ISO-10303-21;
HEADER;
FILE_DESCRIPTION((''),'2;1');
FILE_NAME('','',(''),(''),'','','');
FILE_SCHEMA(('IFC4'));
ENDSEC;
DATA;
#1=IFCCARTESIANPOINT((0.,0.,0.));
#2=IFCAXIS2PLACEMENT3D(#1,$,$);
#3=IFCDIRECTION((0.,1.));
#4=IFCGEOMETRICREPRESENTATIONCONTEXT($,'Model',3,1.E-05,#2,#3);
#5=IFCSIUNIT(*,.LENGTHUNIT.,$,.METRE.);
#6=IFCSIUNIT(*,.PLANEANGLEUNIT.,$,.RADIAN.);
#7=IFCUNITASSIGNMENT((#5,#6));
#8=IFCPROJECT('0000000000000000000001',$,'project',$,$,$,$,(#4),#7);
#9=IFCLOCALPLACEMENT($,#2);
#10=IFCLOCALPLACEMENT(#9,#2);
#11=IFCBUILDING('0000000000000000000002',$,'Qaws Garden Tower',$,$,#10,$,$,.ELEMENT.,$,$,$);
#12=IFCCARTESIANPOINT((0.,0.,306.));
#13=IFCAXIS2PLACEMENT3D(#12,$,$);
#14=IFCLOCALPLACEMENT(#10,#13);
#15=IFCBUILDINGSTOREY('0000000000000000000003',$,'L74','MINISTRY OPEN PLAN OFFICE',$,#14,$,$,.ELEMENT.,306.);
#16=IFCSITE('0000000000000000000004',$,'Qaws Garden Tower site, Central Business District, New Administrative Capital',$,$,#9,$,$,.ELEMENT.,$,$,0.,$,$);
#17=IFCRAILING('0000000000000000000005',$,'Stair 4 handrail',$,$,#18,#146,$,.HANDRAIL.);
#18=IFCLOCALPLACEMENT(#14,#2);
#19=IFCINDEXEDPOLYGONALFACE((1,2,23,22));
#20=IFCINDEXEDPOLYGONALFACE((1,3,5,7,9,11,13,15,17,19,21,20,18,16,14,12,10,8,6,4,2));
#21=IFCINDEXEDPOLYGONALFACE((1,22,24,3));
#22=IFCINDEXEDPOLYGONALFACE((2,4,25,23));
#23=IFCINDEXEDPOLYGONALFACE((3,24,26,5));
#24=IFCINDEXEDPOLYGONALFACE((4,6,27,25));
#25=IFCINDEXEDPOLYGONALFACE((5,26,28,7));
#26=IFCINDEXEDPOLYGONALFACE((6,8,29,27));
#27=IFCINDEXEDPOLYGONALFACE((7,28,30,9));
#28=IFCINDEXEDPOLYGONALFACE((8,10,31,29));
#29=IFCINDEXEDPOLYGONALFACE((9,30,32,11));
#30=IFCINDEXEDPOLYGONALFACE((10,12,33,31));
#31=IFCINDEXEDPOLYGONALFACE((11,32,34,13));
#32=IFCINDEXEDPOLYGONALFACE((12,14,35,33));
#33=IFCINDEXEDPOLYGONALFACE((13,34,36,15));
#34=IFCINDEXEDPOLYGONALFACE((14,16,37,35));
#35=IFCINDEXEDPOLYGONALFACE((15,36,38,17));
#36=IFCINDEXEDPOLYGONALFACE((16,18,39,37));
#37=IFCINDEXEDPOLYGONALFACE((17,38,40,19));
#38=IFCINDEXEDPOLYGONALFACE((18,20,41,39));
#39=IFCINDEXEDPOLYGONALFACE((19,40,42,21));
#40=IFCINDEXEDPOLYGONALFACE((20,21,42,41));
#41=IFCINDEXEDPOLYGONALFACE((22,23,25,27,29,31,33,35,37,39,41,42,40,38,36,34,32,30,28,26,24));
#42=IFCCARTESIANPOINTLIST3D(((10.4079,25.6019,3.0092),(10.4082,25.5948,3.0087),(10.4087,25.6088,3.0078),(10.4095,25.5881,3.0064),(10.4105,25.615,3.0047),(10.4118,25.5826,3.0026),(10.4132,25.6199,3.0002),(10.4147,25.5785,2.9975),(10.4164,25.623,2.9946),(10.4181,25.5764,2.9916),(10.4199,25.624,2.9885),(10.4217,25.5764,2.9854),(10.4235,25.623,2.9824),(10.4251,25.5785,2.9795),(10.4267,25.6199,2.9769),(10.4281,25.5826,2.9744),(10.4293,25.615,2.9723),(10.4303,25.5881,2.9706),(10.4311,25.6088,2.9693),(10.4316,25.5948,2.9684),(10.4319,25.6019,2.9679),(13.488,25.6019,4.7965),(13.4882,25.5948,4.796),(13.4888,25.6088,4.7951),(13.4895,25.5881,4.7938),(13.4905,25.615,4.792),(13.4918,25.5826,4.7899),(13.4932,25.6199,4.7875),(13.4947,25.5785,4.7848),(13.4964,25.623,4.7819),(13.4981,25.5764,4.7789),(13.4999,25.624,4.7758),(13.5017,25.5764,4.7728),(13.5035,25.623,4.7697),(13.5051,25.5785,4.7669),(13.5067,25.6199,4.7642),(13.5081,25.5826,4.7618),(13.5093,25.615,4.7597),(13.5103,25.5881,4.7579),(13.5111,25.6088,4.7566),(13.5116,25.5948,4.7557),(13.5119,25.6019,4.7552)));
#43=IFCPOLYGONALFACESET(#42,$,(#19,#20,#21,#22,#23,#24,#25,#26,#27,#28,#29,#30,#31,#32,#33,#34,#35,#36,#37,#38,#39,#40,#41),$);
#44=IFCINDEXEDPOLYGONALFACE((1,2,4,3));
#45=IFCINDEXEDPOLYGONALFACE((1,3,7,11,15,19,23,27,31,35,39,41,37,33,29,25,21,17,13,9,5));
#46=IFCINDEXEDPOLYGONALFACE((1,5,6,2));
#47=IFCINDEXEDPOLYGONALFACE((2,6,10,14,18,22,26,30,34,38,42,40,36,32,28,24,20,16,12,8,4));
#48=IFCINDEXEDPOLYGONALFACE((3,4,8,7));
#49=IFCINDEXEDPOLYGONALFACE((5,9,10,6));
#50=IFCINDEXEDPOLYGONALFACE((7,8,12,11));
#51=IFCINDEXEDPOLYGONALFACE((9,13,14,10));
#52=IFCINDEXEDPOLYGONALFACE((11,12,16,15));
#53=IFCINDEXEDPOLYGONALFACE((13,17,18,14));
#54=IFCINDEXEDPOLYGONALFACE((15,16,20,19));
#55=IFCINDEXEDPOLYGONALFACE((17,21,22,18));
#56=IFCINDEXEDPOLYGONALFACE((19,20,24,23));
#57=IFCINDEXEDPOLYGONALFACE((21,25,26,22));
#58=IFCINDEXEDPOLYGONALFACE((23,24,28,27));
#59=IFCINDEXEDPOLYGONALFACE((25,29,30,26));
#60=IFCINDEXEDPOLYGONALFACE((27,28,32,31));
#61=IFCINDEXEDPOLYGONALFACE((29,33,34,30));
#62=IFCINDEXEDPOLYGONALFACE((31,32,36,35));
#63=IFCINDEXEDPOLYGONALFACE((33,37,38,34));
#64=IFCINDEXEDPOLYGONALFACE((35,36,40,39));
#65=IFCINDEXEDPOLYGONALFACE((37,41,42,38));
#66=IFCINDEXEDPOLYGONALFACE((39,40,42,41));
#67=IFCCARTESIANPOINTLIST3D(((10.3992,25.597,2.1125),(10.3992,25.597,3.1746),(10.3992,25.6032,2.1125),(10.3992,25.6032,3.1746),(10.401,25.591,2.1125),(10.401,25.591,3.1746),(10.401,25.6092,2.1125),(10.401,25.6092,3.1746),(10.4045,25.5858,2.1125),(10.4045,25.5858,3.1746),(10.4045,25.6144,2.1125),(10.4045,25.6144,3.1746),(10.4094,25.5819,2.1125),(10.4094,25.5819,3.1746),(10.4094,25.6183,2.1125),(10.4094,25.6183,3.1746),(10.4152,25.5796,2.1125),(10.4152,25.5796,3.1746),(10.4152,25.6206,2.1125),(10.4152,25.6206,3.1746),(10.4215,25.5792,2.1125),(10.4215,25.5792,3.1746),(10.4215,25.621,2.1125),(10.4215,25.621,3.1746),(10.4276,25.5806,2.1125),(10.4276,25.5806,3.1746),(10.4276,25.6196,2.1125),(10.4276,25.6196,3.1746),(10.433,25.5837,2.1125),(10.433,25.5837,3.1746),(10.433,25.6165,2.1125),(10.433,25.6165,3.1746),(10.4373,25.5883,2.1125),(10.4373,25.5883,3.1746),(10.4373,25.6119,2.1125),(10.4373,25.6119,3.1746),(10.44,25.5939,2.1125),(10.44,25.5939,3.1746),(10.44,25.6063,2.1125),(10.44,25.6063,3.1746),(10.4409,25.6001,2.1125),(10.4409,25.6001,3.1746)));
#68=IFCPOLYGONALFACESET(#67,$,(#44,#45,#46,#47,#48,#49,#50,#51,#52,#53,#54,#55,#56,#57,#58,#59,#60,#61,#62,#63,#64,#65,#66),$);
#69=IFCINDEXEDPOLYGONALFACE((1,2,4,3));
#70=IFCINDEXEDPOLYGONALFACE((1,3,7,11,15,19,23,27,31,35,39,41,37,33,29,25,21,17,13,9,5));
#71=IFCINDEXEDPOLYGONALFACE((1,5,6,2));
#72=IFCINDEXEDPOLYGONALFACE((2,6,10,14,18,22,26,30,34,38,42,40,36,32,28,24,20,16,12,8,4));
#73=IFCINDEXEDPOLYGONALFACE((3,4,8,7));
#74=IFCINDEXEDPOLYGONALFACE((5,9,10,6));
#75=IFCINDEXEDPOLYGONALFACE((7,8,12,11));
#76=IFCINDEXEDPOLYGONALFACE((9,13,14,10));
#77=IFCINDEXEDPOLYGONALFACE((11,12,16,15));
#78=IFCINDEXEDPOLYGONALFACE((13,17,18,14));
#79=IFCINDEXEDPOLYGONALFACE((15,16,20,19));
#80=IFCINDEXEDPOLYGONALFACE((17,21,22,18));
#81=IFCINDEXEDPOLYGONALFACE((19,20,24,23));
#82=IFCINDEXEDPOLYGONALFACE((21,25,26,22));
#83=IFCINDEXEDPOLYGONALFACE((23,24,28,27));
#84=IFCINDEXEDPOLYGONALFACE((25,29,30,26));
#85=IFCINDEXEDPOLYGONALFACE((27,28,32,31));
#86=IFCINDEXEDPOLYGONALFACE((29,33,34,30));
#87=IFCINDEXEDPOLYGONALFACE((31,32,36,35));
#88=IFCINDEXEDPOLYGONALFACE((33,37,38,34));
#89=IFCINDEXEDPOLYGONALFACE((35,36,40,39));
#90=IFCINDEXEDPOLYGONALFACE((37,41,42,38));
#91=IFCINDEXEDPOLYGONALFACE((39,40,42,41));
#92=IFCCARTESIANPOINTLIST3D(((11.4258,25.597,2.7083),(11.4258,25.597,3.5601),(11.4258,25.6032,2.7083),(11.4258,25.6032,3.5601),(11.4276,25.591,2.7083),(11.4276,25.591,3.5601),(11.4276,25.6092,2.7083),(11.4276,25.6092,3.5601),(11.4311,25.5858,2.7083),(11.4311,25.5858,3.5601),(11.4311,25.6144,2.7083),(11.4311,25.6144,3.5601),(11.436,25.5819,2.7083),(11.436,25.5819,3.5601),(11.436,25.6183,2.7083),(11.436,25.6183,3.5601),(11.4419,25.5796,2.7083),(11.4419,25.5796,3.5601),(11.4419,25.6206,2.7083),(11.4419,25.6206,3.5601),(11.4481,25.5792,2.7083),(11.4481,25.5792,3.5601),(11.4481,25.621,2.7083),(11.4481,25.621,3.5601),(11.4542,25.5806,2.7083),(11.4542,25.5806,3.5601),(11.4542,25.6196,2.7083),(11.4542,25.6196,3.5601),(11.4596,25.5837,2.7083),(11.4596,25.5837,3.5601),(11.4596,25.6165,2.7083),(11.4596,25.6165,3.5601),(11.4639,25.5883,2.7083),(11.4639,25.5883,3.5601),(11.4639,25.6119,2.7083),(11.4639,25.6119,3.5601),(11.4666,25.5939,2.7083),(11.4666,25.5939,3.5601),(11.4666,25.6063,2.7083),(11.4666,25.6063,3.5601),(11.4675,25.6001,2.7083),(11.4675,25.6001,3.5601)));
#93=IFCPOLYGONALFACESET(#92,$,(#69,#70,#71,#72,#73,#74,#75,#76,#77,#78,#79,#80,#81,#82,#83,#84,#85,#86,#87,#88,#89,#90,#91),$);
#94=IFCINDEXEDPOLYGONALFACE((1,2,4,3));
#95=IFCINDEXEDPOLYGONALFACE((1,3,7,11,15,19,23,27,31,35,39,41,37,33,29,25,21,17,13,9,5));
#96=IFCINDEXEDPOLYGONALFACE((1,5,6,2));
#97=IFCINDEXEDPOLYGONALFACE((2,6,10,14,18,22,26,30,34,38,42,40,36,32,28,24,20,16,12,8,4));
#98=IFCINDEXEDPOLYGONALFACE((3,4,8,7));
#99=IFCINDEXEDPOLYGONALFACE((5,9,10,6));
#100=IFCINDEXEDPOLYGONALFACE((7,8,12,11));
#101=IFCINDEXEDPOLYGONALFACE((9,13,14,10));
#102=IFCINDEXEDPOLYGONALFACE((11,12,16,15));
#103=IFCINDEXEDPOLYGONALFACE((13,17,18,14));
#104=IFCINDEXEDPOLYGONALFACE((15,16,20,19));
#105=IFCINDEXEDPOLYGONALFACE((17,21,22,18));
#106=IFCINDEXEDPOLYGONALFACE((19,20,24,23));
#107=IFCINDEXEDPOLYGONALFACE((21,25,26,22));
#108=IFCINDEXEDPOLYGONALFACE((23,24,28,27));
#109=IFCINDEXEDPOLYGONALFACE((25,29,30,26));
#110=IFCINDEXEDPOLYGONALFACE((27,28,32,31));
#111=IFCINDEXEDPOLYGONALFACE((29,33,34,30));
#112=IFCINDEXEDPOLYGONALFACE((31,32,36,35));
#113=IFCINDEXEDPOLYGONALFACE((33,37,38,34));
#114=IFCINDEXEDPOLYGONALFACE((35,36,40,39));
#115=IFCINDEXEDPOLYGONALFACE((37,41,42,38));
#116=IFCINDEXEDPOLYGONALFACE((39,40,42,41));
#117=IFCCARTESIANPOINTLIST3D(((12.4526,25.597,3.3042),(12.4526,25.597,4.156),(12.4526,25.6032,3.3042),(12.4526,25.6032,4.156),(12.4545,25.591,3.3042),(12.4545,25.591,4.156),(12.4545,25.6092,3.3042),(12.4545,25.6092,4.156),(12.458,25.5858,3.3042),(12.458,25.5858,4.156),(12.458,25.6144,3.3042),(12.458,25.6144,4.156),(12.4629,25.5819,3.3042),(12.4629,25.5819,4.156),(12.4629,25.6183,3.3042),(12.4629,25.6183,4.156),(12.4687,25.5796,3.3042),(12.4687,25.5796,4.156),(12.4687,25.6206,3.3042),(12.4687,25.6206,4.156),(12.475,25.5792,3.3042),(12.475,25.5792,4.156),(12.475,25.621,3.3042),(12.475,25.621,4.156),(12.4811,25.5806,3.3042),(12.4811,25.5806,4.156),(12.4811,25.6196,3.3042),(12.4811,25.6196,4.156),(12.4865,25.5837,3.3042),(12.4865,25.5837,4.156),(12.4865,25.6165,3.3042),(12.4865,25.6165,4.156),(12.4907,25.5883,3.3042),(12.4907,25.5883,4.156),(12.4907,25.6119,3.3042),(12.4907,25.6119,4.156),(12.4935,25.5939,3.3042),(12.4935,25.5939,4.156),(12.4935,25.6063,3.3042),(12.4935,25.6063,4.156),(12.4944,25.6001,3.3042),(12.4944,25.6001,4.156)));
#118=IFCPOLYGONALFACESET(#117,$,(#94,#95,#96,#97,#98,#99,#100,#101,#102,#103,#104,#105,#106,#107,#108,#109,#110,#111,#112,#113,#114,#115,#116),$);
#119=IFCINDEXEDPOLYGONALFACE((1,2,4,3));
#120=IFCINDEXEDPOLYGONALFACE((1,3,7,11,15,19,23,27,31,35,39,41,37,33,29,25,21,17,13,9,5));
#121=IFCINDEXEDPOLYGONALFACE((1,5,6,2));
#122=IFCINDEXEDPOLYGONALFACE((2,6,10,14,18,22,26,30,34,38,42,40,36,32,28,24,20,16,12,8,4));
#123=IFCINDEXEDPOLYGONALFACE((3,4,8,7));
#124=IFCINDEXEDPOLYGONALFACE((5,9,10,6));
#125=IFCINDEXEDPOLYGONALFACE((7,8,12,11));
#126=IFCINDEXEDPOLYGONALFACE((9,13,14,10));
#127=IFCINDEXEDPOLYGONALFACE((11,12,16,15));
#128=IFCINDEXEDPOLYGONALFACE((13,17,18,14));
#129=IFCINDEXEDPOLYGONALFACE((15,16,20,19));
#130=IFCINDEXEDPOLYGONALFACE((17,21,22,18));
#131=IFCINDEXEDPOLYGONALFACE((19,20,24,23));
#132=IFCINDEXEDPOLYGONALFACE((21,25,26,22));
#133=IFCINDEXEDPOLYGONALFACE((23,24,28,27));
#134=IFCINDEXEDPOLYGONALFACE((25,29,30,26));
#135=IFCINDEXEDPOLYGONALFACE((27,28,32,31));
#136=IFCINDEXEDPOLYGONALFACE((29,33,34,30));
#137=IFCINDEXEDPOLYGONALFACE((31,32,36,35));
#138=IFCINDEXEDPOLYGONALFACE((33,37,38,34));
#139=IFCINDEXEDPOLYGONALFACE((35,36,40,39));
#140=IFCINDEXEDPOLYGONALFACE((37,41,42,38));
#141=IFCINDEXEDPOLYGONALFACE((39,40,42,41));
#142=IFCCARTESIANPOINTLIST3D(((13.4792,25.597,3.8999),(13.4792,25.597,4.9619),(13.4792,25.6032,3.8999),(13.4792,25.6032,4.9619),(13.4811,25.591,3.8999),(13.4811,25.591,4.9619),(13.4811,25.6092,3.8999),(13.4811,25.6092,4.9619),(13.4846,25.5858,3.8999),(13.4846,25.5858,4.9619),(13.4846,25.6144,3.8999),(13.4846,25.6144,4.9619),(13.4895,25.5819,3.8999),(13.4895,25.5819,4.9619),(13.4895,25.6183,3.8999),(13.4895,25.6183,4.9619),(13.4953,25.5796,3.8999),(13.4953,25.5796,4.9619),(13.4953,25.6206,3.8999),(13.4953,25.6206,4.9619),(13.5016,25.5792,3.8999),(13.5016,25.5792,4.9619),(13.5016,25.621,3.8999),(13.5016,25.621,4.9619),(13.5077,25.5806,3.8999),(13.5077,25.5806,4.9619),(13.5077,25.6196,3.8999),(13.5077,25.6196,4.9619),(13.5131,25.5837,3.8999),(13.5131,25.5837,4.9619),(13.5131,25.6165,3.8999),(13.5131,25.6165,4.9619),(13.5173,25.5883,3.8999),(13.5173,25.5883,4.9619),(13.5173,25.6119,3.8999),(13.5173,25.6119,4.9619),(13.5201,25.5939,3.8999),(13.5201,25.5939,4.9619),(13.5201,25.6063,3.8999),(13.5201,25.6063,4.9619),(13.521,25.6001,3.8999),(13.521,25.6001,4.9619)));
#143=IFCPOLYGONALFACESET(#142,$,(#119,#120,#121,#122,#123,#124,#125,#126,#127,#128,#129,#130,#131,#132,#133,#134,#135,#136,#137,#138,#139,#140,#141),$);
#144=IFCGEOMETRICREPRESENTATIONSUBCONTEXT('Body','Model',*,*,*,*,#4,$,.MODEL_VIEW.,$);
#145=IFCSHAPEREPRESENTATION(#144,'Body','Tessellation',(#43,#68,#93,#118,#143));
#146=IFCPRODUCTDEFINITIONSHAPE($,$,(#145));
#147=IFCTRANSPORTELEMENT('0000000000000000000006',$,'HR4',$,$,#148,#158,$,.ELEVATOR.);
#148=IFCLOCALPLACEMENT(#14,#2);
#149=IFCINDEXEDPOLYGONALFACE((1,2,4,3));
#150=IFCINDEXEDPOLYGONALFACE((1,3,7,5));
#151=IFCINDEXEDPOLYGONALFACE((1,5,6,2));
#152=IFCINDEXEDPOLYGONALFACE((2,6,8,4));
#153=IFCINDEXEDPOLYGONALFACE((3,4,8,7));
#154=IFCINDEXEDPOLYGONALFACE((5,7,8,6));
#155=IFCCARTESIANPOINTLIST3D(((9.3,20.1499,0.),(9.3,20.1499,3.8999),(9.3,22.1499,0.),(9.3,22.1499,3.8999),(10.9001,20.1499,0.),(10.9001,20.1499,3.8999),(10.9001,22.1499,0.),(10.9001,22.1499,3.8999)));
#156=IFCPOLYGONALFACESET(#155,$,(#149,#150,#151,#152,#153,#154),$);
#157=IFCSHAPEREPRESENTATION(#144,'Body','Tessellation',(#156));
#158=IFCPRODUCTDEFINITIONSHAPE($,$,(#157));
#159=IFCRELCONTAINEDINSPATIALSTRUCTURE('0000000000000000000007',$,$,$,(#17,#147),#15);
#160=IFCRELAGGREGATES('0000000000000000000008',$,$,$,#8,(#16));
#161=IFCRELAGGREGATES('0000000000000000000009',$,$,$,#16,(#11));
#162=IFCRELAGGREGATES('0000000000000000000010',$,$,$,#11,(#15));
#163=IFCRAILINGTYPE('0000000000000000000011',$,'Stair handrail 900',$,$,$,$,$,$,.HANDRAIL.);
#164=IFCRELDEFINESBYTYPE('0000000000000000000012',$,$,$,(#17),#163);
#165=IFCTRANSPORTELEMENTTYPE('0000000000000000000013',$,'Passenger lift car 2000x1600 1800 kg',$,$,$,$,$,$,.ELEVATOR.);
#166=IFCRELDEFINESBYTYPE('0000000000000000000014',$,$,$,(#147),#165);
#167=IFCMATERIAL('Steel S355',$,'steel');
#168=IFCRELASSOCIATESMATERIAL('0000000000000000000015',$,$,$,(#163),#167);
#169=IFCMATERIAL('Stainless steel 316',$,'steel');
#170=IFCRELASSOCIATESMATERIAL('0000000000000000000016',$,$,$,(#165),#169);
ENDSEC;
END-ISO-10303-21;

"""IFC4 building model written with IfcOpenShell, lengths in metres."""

from ifc_helpers import new_model, si_unit, direction, frame, origin, origin_2d, place, context, subcontext, project, spatial, rectangle, circle, extrude, material, type_object, element, save


model = new_model("IFC4")

# Units and contexts
model_context = context("Model", 3, precision=1e-05, world=origin(), true_north=direction((0.0, 1.0)))
body_context = subcontext(model_context, "Body", "Model", "MODEL_VIEW")
ifc_project = project(units=[si_unit("LENGTHUNIT", "METRE"), si_unit("PLANEANGLEUNIT", "RADIAN")], contexts=[model_context])

# Site, building, storey
site_placement = place(None, origin())
site = spatial("IfcSite", under=ifc_project, at=site_placement, Name="Qaws Garden Tower site, Central Business District, New Administrative Capital", CompositionType="ELEMENT", RefElevation=0.0)
building_placement = place(site_placement, origin())
building = spatial("IfcBuilding", under=site, at=building_placement, Name="Qaws Garden Tower", CompositionType="ELEMENT")
storey_placement = place(building_placement, frame((0.0, 0.0, 306.0)))
storey = spatial("IfcBuildingStorey", under=building, at=storey_placement, Name="L74", Description="MINISTRY OPEN PLAN OFFICE", CompositionType="ELEMENT", Elevation=306.0)

# Railing
ifc_material_1 = material(Name="Steel S355", Category="steel")
railing_type = type_object("IfcRailingType", Name="Stair handrail 900", PredefinedType="HANDRAIL", material=ifc_material_1)
railing_1_placement = place(storey_placement, frame((10.4199, 25.6001, 2.1125)))
element("IfcRailing", 1, at=railing_1_placement, inside=storey, type_object=railing_type, Name="Stair 4 handrail", PredefinedType="HANDRAIL", context=body_context, shape_type="SweptSolid", body=[
    extrude(circle(Radius=0.0239, at=origin_2d()), frame((0.0, 0.0, 0.876), z_axis=(0.86492, 0.0, 0.501909), x_axis=(0.0, 1.0, 0.0)), (0.0, 0.0, 1.0), 3.561),
    extrude(circle(Radius=0.021, at=origin_2d()), origin(), (0.0, 0.0, 1.0), 1.062),
    extrude(circle(Radius=0.021, at=origin_2d()), frame((1.0266, 0.0, 0.5957)), (0.0, 0.0, 1.0), 0.8518),
    extrude(circle(Radius=0.021, at=origin_2d()), frame((2.0535, 0.0, 1.1917)), (0.0, 0.0, 1.0), 0.8518),
    extrude(circle(Radius=0.021, at=origin_2d()), frame((3.0801, 0.0, 1.7874)), (0.0, 0.0, 1.0), 1.062),
])

# Transport element
ifc_material_2 = material(Name="Stainless steel 316", Category="steel")
transport_element_type = type_object("IfcTransportElementType", Name="Passenger lift car 2000x1600 1800 kg", PredefinedType="ELEVATOR", material=ifc_material_2)
transport_element_placement = place(storey_placement, frame((10.1001, 21.1499, 0.0), z_axis=(0.0, 0.0, 1.0), x_axis=(1.0, 0.0, 0.0)))
element("IfcTransportElement", 2, at=transport_element_placement, inside=storey, type_object=transport_element_type, Name="HR4", PredefinedType="ELEVATOR", context=body_context, shape_type="SweptSolid", body=[
    extrude(rectangle(XDim=1.6001, YDim=2.0, at=origin_2d()), origin(), (0.0, 0.0, 1.0), 3.8999),
])

save(model, "model.ifc")
